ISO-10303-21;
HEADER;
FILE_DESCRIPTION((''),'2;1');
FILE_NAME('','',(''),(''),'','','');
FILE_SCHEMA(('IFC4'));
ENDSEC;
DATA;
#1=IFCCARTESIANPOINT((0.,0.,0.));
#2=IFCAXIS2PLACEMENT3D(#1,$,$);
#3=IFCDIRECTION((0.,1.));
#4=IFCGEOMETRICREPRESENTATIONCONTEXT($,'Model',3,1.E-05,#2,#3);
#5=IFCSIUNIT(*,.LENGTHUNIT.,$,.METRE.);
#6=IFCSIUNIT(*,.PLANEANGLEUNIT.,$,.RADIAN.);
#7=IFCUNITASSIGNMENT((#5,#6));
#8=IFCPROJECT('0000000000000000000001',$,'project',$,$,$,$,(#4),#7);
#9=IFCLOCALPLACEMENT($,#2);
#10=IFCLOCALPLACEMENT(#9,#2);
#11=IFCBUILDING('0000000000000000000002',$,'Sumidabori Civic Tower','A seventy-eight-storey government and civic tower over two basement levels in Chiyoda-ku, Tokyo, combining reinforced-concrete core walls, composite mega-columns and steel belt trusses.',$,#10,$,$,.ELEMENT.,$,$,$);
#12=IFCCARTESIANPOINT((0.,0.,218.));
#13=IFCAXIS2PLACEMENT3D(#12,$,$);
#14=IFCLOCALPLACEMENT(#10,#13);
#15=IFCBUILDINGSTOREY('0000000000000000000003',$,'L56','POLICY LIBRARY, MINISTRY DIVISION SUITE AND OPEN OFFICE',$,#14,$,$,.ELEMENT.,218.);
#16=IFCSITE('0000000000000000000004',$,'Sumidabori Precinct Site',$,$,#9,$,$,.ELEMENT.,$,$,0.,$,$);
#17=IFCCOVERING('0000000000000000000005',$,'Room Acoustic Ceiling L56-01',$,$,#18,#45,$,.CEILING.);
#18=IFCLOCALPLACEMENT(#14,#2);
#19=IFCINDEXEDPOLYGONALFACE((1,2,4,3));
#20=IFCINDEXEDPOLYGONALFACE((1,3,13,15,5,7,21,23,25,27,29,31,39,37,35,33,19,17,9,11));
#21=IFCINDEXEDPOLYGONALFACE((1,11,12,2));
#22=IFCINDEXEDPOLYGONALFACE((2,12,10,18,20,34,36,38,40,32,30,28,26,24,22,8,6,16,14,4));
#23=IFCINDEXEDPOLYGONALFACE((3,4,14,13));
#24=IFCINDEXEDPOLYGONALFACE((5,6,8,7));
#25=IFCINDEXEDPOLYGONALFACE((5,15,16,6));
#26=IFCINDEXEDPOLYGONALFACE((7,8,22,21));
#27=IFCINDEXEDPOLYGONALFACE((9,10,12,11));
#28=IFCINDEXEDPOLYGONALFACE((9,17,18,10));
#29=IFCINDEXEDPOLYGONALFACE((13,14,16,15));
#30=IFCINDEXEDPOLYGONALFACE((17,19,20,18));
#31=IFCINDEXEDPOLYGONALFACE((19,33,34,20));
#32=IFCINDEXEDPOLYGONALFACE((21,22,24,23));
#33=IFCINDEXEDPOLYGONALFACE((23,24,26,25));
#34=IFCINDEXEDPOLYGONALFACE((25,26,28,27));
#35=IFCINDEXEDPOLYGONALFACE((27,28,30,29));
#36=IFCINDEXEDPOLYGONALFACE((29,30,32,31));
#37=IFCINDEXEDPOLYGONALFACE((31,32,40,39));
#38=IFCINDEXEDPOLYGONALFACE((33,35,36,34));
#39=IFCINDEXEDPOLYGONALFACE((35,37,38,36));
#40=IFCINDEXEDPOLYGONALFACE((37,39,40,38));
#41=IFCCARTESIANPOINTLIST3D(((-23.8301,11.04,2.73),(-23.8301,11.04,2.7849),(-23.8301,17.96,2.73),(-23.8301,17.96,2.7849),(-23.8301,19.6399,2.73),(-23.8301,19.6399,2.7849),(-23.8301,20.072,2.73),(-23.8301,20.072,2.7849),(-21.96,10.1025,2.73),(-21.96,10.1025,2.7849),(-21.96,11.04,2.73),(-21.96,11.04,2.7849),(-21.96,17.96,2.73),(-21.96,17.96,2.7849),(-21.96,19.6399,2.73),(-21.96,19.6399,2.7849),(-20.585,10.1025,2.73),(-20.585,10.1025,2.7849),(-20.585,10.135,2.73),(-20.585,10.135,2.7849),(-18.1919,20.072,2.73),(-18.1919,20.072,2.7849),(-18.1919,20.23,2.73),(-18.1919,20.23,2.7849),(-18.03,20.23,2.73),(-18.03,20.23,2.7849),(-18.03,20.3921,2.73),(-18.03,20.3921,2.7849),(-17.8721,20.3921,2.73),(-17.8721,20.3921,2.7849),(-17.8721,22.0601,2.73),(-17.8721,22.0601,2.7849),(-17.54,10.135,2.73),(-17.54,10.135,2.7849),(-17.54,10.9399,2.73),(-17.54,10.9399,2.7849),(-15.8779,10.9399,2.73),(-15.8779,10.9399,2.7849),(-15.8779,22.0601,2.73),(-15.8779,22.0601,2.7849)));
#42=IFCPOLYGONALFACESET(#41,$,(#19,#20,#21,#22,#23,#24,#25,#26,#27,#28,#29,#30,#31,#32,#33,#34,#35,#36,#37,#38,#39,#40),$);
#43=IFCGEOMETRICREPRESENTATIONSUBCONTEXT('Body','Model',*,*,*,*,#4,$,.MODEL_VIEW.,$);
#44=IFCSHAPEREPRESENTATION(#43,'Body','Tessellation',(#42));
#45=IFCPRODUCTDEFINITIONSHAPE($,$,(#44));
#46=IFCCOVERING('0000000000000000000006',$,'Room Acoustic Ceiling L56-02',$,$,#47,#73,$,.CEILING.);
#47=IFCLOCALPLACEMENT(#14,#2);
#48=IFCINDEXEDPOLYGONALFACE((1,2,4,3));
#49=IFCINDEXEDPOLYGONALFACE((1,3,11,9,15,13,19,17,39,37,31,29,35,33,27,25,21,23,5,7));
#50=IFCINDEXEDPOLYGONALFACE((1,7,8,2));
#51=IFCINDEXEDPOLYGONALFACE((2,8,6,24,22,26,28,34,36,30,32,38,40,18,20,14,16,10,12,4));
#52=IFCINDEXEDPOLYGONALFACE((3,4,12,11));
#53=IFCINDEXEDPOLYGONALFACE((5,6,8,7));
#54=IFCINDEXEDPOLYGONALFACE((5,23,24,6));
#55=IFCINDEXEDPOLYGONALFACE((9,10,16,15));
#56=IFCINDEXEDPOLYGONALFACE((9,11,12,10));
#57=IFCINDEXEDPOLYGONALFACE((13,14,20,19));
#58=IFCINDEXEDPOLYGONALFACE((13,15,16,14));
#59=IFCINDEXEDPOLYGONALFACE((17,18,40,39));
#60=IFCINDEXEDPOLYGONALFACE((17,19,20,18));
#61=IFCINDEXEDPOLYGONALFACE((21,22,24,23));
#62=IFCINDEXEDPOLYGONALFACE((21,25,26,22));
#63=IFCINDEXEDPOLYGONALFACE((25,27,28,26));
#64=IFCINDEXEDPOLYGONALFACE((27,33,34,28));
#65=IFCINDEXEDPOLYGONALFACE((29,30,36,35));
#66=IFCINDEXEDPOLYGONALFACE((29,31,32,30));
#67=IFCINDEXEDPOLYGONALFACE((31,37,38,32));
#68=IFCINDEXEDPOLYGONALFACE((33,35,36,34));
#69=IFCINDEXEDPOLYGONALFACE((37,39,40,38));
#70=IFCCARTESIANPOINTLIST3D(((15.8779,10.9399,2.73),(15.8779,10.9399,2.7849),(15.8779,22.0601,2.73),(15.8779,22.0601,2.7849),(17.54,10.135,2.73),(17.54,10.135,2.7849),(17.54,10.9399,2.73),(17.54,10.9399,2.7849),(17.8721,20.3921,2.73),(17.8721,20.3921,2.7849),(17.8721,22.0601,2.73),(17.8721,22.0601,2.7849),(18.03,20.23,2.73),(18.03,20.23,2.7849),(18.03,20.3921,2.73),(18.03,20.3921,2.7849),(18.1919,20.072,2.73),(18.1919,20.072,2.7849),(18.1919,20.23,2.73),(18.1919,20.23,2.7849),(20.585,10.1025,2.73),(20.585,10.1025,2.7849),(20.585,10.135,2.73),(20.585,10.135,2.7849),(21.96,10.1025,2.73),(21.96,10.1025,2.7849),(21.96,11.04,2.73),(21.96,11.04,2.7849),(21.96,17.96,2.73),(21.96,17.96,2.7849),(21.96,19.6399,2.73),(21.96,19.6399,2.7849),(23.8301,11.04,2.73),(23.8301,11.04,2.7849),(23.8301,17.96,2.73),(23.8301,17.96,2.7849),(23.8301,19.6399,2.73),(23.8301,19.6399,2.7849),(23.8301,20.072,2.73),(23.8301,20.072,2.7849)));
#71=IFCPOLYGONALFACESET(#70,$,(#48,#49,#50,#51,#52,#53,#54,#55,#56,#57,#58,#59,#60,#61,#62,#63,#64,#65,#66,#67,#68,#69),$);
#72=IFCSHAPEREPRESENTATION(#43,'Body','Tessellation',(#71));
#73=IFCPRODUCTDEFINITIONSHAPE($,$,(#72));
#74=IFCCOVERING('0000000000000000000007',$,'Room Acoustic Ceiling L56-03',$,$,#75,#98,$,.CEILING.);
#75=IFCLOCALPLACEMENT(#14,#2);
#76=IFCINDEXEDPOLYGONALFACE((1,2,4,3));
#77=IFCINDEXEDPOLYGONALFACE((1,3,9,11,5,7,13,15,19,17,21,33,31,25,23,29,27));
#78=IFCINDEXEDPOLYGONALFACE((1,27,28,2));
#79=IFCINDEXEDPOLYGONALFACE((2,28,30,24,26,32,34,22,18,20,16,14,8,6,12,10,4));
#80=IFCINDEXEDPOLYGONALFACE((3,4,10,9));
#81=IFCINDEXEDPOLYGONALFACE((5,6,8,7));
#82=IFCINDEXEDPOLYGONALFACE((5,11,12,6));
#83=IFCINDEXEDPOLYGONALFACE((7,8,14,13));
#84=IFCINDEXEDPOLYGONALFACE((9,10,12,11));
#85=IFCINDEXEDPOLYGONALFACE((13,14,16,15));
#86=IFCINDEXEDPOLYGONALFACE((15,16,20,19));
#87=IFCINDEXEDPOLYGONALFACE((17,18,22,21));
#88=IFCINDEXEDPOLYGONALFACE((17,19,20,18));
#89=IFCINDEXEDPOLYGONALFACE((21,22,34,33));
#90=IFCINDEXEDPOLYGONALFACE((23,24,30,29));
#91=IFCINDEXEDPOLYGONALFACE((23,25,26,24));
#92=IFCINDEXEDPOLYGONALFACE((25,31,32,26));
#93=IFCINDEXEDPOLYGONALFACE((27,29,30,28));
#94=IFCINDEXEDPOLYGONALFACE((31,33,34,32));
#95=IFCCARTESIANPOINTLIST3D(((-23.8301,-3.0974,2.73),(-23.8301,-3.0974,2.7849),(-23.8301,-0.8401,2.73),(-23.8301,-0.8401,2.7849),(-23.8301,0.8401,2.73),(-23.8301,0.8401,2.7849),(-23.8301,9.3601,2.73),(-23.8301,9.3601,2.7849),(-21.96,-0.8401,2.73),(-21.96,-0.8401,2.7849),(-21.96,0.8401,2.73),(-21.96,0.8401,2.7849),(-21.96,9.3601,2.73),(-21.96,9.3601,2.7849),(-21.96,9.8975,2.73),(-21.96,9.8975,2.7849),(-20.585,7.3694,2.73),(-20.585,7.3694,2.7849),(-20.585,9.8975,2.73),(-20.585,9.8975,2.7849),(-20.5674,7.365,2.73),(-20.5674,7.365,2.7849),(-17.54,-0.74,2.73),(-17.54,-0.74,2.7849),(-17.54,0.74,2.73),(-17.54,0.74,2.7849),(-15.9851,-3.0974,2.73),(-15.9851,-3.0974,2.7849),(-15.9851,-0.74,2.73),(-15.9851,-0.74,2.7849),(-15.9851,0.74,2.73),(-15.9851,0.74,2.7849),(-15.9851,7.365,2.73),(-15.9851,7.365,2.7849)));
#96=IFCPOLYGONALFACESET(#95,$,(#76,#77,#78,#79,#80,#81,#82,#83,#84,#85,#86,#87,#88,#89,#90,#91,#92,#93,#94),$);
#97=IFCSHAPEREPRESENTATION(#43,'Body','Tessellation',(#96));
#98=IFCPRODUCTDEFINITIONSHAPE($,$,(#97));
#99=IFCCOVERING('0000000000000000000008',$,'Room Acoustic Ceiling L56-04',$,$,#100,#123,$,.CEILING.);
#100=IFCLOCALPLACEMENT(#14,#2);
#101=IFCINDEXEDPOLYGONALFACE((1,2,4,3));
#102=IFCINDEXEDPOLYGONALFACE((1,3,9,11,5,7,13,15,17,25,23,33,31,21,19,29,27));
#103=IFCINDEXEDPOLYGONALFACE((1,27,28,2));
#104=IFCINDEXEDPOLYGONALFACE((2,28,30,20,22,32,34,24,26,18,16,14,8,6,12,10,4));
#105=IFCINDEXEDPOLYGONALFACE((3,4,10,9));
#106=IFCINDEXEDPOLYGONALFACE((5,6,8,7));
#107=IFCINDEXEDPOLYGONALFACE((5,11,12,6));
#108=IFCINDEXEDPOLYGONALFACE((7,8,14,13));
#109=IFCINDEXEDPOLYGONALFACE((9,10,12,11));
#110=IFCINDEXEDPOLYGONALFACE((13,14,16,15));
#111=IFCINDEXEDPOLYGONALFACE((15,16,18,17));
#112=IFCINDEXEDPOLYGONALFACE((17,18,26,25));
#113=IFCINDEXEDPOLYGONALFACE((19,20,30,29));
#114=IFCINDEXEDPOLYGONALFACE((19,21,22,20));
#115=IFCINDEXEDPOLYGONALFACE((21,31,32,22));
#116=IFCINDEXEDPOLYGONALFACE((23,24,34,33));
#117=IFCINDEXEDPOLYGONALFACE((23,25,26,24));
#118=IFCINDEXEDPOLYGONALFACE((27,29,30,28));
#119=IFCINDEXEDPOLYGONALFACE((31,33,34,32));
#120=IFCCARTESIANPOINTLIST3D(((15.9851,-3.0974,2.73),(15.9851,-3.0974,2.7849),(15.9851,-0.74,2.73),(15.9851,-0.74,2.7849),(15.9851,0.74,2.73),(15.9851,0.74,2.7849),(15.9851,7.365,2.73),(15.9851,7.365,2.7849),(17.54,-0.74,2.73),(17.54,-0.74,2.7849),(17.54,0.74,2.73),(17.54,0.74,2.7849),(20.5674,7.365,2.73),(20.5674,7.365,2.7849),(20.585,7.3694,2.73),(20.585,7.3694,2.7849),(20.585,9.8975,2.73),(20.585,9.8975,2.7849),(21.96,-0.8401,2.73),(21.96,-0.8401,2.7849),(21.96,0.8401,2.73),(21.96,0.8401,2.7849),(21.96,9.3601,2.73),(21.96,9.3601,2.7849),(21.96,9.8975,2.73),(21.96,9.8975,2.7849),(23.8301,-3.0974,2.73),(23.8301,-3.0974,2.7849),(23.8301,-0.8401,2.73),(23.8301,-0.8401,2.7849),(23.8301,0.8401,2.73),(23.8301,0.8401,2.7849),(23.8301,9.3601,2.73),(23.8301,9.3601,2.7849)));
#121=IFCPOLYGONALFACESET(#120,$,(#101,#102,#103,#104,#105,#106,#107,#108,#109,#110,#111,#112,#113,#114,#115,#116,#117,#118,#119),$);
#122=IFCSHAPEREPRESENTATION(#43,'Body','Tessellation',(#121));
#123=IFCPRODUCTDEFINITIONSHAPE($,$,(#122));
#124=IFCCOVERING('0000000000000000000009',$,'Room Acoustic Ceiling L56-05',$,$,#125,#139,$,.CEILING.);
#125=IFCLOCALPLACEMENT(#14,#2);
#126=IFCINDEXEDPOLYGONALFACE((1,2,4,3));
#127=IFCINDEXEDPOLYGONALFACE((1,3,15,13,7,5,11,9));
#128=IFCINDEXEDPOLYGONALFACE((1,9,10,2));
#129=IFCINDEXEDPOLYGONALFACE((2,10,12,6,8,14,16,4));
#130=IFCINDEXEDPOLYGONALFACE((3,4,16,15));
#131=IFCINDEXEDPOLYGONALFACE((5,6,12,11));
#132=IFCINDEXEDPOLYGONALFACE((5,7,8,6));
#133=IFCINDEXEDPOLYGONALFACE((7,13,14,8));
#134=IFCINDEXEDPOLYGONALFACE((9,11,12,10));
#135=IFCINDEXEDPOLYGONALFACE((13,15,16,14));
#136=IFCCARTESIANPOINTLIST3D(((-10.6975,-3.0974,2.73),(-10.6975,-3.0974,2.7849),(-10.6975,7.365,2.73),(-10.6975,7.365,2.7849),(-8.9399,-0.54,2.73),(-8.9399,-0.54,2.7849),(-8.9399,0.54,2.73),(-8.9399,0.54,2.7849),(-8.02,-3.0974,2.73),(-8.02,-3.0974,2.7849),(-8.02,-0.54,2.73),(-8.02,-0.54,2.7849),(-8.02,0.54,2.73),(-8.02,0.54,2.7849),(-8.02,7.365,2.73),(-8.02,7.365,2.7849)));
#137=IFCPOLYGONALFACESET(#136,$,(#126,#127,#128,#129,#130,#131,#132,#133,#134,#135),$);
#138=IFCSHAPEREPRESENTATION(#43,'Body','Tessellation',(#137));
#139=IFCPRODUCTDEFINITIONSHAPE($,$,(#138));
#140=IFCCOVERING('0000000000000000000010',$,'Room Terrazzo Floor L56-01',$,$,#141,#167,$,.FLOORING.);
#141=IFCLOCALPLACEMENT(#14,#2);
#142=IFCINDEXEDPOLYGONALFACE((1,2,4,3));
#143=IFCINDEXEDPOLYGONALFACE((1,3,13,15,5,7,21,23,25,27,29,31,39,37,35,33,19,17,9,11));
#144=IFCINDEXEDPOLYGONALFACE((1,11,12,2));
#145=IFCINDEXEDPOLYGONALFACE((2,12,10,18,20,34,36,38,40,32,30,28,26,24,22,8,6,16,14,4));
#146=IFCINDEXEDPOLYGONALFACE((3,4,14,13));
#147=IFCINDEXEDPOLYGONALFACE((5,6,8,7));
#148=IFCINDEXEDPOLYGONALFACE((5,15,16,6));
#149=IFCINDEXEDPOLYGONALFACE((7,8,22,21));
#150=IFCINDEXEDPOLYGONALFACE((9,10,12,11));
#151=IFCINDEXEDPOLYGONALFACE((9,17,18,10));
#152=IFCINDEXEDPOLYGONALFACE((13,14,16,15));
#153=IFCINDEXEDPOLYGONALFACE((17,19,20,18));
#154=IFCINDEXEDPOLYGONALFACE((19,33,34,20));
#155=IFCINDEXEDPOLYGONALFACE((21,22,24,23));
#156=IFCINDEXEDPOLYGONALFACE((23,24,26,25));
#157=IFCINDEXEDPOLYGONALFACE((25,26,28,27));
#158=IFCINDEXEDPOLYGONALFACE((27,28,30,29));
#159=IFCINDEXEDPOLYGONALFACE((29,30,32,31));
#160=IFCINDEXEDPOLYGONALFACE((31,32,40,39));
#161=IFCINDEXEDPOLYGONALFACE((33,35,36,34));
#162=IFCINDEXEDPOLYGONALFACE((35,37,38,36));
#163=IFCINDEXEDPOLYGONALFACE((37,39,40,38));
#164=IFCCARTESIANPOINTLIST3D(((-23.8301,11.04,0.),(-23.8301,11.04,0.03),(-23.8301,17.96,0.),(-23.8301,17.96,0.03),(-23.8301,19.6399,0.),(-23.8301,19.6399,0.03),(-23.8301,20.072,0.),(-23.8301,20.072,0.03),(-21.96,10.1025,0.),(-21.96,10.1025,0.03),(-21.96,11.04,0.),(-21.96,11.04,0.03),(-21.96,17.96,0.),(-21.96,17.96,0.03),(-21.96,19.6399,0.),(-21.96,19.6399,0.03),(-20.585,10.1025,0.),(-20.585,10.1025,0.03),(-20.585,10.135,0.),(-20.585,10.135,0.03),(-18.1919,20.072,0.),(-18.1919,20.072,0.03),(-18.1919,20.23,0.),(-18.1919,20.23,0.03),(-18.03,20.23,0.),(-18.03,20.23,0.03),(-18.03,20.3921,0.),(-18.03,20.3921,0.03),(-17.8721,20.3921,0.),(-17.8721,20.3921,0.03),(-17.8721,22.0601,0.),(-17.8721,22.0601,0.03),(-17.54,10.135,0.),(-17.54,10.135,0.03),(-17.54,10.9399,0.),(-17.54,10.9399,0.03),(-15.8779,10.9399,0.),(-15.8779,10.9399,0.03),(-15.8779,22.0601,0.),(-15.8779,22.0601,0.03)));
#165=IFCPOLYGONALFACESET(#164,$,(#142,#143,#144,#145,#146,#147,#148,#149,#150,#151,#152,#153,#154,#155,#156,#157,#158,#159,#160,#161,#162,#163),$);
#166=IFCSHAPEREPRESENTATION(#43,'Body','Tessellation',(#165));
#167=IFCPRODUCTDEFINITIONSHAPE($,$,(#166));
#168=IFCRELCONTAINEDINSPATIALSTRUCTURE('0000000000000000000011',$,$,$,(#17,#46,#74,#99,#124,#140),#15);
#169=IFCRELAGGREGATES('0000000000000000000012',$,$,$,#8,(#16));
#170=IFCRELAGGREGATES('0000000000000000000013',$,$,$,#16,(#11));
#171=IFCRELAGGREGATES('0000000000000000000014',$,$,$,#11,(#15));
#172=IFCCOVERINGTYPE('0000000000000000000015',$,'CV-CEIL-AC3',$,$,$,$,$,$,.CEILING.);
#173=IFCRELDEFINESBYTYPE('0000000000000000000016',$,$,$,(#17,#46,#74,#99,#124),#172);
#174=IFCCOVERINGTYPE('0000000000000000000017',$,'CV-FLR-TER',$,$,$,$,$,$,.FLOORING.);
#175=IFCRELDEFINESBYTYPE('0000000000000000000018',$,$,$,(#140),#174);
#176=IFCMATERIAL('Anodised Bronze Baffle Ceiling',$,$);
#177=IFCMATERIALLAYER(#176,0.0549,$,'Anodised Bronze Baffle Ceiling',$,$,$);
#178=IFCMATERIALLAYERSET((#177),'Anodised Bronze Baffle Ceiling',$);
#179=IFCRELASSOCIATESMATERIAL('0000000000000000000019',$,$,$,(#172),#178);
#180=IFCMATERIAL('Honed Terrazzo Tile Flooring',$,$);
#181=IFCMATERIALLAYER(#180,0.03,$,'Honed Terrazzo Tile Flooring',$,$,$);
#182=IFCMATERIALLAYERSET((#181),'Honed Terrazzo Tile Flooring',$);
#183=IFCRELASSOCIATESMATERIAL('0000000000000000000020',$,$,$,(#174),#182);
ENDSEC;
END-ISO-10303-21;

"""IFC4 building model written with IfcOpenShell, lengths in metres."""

from ifc_helpers import new_model, si_unit, direction, frame, origin, place, context, subcontext, project, spatial, polyline, outline, extrude, material, layer, layer_set, type_object, element, save


model = new_model("IFC4")

# Units and contexts
model_context = context("Model", 3, precision=1e-05, world=origin(), true_north=direction((0.0, 1.0)))
body_context = subcontext(model_context, "Body", "Model", "MODEL_VIEW")
ifc_project = project(units=[si_unit("LENGTHUNIT", "METRE"), si_unit("PLANEANGLEUNIT", "RADIAN")], contexts=[model_context])

# Site, building, storey
site_placement = place(None, origin())
site = spatial("IfcSite", under=ifc_project, at=site_placement, Name="Sumidabori Precinct Site", CompositionType="ELEMENT", RefElevation=0.0)
building_placement = place(site_placement, origin())
building = spatial("IfcBuilding", under=site, at=building_placement, Name="Sumidabori Civic Tower", Description="A seventy-eight-storey government and civic tower over two basement levels in Chiyoda-ku, Tokyo, combining reinforced-concrete core walls, composite mega-columns and steel belt trusses.", CompositionType="ELEMENT")
storey_placement = place(building_placement, frame((0.0, 0.0, 218.0)))
storey = spatial("IfcBuildingStorey", under=building, at=storey_placement, Name="L56", Description="POLICY LIBRARY, MINISTRY DIVISION SUITE AND OPEN OFFICE", CompositionType="ELEMENT", Elevation=218.0)

# Coverings
ifc_material_1 = material(Name="Anodised Bronze Baffle Ceiling")
ifc_layer_1 = layer(ifc_material_1, 0.0549, Name="Anodised Bronze Baffle Ceiling")
ifc_layer_set_1 = layer_set([ifc_layer_1], Name="Anodised Bronze Baffle Ceiling")
covering_type_1 = type_object("IfcCoveringType", Name="CV-CEIL-AC3", PredefinedType="CEILING", material=ifc_layer_set_1)
covering_1_placement = place(storey_placement, frame((0.0, 0.0, 2.73)))
element("IfcCovering", 1, at=covering_1_placement, inside=storey, type_object=covering_type_1, Name="Room Acoustic Ceiling L56-01", PredefinedType="CEILING", context=body_context, shape_type="SweptSolid", body=[
    extrude(outline(polyline([(-23.8301, 17.96), (-21.96, 17.96), (-21.96, 19.6399), (-23.8301, 19.6399), (-23.8301, 20.072), (-18.1919, 20.072), (-18.1919, 20.23), (-18.03, 20.23), (-18.03, 20.3921), (-17.8721, 20.3921), (-17.8721, 22.0601), (-15.8779, 22.0601), (-15.8779, 10.9399), (-17.54, 10.9399), (-17.54, 10.135), (-20.585, 10.135), (-20.585, 10.1025), (-21.96, 10.1025), (-21.96, 11.04), (-23.8301, 11.04), (-23.8301, 17.96)])), origin(), (0.0, 0.0, 1.0), 0.0549),
])
covering_2_placement = place(storey_placement, frame((0.0, 0.0, 2.73)))
element("IfcCovering", 2, at=covering_2_placement, inside=storey, type_object=covering_type_1, Name="Room Acoustic Ceiling L56-02", PredefinedType="CEILING", context=body_context, shape_type="SweptSolid", body=[
    extrude(outline(polyline([(23.8301, 20.072), (23.8301, 19.6399), (21.96, 19.6399), (21.96, 17.96), (23.8301, 17.96), (23.8301, 11.04), (21.96, 11.04), (21.96, 10.1025), (20.585, 10.1025), (20.585, 10.135), (17.54, 10.135), (17.54, 10.9399), (15.8779, 10.9399), (15.8779, 22.0601), (17.8721, 22.0601), (17.8721, 20.3921), (18.03, 20.3921), (18.03, 20.23), (18.1919, 20.23), (18.1919, 20.072), (23.8301, 20.072)])), origin(), (0.0, 0.0, 1.0), 0.0549),
])
covering_3_placement = place(storey_placement, frame((0.0, 0.0, 2.73)))
element("IfcCovering", 3, at=covering_3_placement, inside=storey, type_object=covering_type_1, Name="Room Acoustic Ceiling L56-03", PredefinedType="CEILING", context=body_context, shape_type="SweptSolid", body=[
    extrude(outline(polyline([(-20.5674, 7.365), (-15.9851, 7.365), (-15.9851, 0.74), (-17.54, 0.74), (-17.54, -0.74), (-15.9851, -0.74), (-15.9851, -3.0974), (-23.8301, -3.0974), (-23.8301, -0.8401), (-21.96, -0.8401), (-21.96, 0.8401), (-23.8301, 0.8401), (-23.8301, 9.3601), (-21.96, 9.3601), (-21.96, 9.8975), (-20.585, 9.8975), (-20.585, 7.3694), (-20.5674, 7.365)])), origin(), (0.0, 0.0, 1.0), 0.0549),
])
covering_4_placement = place(storey_placement, frame((0.0, 0.0, 2.73)))
element("IfcCovering", 4, at=covering_4_placement, inside=storey, type_object=covering_type_1, Name="Room Acoustic Ceiling L56-04", PredefinedType="CEILING", context=body_context, shape_type="SweptSolid", body=[
    extrude(outline(polyline([(15.9851, -0.74), (17.54, -0.74), (17.54, 0.74), (15.9851, 0.74), (15.9851, 7.365), (20.5674, 7.365), (20.585, 7.3694), (20.585, 9.8975), (21.96, 9.8975), (21.96, 9.3601), (23.8301, 9.3601), (23.8301, 0.8401), (21.96, 0.8401), (21.96, -0.8401), (23.8301, -0.8401), (23.8301, -3.0974), (15.9851, -3.0974), (15.9851, -0.74)])), origin(), (0.0, 0.0, 1.0), 0.0549),
])
covering_5_placement = place(storey_placement, frame((0.0, 0.0, 2.73)))
element("IfcCovering", 5, at=covering_5_placement, inside=storey, type_object=covering_type_1, Name="Room Acoustic Ceiling L56-05", PredefinedType="CEILING", context=body_context, shape_type="SweptSolid", body=[
    extrude(outline(polyline([(-10.6975, 7.365), (-8.02, 7.365), (-8.02, 0.54), (-8.9399, 0.54), (-8.9399, -0.54), (-8.02, -0.54), (-8.02, -3.0974), (-10.6975, -3.0974), (-10.6975, 7.365)])), origin(), (0.0, 0.0, 1.0), 0.0549),
])
ifc_material_2 = material(Name="Honed Terrazzo Tile Flooring")
ifc_layer_2 = layer(ifc_material_2, 0.03, Name="Honed Terrazzo Tile Flooring")
ifc_layer_set_2 = layer_set([ifc_layer_2], Name="Honed Terrazzo Tile Flooring")
covering_type_2 = type_object("IfcCoveringType", Name="CV-FLR-TER", PredefinedType="FLOORING", material=ifc_layer_set_2)
covering_6_placement = place(storey_placement, origin())
element("IfcCovering", 6, at=covering_6_placement, inside=storey, type_object=covering_type_2, Name="Room Terrazzo Floor L56-01", PredefinedType="FLOORING", context=body_context, shape_type="SweptSolid", body=[
    extrude(outline(polyline([(-23.8301, 17.96), (-21.96, 17.96), (-21.96, 19.6399), (-23.8301, 19.6399), (-23.8301, 20.072), (-18.1919, 20.072), (-18.1919, 20.23), (-18.03, 20.23), (-18.03, 20.3921), (-17.8721, 20.3921), (-17.8721, 22.0601), (-15.8779, 22.0601), (-15.8779, 10.9399), (-17.54, 10.9399), (-17.54, 10.135), (-20.585, 10.135), (-20.585, 10.1025), (-21.96, 10.1025), (-21.96, 11.04), (-23.8301, 11.04), (-23.8301, 17.96)])), origin(), (0.0, 0.0, 1.0), 0.03),
])

save(model, "model.ifc")
